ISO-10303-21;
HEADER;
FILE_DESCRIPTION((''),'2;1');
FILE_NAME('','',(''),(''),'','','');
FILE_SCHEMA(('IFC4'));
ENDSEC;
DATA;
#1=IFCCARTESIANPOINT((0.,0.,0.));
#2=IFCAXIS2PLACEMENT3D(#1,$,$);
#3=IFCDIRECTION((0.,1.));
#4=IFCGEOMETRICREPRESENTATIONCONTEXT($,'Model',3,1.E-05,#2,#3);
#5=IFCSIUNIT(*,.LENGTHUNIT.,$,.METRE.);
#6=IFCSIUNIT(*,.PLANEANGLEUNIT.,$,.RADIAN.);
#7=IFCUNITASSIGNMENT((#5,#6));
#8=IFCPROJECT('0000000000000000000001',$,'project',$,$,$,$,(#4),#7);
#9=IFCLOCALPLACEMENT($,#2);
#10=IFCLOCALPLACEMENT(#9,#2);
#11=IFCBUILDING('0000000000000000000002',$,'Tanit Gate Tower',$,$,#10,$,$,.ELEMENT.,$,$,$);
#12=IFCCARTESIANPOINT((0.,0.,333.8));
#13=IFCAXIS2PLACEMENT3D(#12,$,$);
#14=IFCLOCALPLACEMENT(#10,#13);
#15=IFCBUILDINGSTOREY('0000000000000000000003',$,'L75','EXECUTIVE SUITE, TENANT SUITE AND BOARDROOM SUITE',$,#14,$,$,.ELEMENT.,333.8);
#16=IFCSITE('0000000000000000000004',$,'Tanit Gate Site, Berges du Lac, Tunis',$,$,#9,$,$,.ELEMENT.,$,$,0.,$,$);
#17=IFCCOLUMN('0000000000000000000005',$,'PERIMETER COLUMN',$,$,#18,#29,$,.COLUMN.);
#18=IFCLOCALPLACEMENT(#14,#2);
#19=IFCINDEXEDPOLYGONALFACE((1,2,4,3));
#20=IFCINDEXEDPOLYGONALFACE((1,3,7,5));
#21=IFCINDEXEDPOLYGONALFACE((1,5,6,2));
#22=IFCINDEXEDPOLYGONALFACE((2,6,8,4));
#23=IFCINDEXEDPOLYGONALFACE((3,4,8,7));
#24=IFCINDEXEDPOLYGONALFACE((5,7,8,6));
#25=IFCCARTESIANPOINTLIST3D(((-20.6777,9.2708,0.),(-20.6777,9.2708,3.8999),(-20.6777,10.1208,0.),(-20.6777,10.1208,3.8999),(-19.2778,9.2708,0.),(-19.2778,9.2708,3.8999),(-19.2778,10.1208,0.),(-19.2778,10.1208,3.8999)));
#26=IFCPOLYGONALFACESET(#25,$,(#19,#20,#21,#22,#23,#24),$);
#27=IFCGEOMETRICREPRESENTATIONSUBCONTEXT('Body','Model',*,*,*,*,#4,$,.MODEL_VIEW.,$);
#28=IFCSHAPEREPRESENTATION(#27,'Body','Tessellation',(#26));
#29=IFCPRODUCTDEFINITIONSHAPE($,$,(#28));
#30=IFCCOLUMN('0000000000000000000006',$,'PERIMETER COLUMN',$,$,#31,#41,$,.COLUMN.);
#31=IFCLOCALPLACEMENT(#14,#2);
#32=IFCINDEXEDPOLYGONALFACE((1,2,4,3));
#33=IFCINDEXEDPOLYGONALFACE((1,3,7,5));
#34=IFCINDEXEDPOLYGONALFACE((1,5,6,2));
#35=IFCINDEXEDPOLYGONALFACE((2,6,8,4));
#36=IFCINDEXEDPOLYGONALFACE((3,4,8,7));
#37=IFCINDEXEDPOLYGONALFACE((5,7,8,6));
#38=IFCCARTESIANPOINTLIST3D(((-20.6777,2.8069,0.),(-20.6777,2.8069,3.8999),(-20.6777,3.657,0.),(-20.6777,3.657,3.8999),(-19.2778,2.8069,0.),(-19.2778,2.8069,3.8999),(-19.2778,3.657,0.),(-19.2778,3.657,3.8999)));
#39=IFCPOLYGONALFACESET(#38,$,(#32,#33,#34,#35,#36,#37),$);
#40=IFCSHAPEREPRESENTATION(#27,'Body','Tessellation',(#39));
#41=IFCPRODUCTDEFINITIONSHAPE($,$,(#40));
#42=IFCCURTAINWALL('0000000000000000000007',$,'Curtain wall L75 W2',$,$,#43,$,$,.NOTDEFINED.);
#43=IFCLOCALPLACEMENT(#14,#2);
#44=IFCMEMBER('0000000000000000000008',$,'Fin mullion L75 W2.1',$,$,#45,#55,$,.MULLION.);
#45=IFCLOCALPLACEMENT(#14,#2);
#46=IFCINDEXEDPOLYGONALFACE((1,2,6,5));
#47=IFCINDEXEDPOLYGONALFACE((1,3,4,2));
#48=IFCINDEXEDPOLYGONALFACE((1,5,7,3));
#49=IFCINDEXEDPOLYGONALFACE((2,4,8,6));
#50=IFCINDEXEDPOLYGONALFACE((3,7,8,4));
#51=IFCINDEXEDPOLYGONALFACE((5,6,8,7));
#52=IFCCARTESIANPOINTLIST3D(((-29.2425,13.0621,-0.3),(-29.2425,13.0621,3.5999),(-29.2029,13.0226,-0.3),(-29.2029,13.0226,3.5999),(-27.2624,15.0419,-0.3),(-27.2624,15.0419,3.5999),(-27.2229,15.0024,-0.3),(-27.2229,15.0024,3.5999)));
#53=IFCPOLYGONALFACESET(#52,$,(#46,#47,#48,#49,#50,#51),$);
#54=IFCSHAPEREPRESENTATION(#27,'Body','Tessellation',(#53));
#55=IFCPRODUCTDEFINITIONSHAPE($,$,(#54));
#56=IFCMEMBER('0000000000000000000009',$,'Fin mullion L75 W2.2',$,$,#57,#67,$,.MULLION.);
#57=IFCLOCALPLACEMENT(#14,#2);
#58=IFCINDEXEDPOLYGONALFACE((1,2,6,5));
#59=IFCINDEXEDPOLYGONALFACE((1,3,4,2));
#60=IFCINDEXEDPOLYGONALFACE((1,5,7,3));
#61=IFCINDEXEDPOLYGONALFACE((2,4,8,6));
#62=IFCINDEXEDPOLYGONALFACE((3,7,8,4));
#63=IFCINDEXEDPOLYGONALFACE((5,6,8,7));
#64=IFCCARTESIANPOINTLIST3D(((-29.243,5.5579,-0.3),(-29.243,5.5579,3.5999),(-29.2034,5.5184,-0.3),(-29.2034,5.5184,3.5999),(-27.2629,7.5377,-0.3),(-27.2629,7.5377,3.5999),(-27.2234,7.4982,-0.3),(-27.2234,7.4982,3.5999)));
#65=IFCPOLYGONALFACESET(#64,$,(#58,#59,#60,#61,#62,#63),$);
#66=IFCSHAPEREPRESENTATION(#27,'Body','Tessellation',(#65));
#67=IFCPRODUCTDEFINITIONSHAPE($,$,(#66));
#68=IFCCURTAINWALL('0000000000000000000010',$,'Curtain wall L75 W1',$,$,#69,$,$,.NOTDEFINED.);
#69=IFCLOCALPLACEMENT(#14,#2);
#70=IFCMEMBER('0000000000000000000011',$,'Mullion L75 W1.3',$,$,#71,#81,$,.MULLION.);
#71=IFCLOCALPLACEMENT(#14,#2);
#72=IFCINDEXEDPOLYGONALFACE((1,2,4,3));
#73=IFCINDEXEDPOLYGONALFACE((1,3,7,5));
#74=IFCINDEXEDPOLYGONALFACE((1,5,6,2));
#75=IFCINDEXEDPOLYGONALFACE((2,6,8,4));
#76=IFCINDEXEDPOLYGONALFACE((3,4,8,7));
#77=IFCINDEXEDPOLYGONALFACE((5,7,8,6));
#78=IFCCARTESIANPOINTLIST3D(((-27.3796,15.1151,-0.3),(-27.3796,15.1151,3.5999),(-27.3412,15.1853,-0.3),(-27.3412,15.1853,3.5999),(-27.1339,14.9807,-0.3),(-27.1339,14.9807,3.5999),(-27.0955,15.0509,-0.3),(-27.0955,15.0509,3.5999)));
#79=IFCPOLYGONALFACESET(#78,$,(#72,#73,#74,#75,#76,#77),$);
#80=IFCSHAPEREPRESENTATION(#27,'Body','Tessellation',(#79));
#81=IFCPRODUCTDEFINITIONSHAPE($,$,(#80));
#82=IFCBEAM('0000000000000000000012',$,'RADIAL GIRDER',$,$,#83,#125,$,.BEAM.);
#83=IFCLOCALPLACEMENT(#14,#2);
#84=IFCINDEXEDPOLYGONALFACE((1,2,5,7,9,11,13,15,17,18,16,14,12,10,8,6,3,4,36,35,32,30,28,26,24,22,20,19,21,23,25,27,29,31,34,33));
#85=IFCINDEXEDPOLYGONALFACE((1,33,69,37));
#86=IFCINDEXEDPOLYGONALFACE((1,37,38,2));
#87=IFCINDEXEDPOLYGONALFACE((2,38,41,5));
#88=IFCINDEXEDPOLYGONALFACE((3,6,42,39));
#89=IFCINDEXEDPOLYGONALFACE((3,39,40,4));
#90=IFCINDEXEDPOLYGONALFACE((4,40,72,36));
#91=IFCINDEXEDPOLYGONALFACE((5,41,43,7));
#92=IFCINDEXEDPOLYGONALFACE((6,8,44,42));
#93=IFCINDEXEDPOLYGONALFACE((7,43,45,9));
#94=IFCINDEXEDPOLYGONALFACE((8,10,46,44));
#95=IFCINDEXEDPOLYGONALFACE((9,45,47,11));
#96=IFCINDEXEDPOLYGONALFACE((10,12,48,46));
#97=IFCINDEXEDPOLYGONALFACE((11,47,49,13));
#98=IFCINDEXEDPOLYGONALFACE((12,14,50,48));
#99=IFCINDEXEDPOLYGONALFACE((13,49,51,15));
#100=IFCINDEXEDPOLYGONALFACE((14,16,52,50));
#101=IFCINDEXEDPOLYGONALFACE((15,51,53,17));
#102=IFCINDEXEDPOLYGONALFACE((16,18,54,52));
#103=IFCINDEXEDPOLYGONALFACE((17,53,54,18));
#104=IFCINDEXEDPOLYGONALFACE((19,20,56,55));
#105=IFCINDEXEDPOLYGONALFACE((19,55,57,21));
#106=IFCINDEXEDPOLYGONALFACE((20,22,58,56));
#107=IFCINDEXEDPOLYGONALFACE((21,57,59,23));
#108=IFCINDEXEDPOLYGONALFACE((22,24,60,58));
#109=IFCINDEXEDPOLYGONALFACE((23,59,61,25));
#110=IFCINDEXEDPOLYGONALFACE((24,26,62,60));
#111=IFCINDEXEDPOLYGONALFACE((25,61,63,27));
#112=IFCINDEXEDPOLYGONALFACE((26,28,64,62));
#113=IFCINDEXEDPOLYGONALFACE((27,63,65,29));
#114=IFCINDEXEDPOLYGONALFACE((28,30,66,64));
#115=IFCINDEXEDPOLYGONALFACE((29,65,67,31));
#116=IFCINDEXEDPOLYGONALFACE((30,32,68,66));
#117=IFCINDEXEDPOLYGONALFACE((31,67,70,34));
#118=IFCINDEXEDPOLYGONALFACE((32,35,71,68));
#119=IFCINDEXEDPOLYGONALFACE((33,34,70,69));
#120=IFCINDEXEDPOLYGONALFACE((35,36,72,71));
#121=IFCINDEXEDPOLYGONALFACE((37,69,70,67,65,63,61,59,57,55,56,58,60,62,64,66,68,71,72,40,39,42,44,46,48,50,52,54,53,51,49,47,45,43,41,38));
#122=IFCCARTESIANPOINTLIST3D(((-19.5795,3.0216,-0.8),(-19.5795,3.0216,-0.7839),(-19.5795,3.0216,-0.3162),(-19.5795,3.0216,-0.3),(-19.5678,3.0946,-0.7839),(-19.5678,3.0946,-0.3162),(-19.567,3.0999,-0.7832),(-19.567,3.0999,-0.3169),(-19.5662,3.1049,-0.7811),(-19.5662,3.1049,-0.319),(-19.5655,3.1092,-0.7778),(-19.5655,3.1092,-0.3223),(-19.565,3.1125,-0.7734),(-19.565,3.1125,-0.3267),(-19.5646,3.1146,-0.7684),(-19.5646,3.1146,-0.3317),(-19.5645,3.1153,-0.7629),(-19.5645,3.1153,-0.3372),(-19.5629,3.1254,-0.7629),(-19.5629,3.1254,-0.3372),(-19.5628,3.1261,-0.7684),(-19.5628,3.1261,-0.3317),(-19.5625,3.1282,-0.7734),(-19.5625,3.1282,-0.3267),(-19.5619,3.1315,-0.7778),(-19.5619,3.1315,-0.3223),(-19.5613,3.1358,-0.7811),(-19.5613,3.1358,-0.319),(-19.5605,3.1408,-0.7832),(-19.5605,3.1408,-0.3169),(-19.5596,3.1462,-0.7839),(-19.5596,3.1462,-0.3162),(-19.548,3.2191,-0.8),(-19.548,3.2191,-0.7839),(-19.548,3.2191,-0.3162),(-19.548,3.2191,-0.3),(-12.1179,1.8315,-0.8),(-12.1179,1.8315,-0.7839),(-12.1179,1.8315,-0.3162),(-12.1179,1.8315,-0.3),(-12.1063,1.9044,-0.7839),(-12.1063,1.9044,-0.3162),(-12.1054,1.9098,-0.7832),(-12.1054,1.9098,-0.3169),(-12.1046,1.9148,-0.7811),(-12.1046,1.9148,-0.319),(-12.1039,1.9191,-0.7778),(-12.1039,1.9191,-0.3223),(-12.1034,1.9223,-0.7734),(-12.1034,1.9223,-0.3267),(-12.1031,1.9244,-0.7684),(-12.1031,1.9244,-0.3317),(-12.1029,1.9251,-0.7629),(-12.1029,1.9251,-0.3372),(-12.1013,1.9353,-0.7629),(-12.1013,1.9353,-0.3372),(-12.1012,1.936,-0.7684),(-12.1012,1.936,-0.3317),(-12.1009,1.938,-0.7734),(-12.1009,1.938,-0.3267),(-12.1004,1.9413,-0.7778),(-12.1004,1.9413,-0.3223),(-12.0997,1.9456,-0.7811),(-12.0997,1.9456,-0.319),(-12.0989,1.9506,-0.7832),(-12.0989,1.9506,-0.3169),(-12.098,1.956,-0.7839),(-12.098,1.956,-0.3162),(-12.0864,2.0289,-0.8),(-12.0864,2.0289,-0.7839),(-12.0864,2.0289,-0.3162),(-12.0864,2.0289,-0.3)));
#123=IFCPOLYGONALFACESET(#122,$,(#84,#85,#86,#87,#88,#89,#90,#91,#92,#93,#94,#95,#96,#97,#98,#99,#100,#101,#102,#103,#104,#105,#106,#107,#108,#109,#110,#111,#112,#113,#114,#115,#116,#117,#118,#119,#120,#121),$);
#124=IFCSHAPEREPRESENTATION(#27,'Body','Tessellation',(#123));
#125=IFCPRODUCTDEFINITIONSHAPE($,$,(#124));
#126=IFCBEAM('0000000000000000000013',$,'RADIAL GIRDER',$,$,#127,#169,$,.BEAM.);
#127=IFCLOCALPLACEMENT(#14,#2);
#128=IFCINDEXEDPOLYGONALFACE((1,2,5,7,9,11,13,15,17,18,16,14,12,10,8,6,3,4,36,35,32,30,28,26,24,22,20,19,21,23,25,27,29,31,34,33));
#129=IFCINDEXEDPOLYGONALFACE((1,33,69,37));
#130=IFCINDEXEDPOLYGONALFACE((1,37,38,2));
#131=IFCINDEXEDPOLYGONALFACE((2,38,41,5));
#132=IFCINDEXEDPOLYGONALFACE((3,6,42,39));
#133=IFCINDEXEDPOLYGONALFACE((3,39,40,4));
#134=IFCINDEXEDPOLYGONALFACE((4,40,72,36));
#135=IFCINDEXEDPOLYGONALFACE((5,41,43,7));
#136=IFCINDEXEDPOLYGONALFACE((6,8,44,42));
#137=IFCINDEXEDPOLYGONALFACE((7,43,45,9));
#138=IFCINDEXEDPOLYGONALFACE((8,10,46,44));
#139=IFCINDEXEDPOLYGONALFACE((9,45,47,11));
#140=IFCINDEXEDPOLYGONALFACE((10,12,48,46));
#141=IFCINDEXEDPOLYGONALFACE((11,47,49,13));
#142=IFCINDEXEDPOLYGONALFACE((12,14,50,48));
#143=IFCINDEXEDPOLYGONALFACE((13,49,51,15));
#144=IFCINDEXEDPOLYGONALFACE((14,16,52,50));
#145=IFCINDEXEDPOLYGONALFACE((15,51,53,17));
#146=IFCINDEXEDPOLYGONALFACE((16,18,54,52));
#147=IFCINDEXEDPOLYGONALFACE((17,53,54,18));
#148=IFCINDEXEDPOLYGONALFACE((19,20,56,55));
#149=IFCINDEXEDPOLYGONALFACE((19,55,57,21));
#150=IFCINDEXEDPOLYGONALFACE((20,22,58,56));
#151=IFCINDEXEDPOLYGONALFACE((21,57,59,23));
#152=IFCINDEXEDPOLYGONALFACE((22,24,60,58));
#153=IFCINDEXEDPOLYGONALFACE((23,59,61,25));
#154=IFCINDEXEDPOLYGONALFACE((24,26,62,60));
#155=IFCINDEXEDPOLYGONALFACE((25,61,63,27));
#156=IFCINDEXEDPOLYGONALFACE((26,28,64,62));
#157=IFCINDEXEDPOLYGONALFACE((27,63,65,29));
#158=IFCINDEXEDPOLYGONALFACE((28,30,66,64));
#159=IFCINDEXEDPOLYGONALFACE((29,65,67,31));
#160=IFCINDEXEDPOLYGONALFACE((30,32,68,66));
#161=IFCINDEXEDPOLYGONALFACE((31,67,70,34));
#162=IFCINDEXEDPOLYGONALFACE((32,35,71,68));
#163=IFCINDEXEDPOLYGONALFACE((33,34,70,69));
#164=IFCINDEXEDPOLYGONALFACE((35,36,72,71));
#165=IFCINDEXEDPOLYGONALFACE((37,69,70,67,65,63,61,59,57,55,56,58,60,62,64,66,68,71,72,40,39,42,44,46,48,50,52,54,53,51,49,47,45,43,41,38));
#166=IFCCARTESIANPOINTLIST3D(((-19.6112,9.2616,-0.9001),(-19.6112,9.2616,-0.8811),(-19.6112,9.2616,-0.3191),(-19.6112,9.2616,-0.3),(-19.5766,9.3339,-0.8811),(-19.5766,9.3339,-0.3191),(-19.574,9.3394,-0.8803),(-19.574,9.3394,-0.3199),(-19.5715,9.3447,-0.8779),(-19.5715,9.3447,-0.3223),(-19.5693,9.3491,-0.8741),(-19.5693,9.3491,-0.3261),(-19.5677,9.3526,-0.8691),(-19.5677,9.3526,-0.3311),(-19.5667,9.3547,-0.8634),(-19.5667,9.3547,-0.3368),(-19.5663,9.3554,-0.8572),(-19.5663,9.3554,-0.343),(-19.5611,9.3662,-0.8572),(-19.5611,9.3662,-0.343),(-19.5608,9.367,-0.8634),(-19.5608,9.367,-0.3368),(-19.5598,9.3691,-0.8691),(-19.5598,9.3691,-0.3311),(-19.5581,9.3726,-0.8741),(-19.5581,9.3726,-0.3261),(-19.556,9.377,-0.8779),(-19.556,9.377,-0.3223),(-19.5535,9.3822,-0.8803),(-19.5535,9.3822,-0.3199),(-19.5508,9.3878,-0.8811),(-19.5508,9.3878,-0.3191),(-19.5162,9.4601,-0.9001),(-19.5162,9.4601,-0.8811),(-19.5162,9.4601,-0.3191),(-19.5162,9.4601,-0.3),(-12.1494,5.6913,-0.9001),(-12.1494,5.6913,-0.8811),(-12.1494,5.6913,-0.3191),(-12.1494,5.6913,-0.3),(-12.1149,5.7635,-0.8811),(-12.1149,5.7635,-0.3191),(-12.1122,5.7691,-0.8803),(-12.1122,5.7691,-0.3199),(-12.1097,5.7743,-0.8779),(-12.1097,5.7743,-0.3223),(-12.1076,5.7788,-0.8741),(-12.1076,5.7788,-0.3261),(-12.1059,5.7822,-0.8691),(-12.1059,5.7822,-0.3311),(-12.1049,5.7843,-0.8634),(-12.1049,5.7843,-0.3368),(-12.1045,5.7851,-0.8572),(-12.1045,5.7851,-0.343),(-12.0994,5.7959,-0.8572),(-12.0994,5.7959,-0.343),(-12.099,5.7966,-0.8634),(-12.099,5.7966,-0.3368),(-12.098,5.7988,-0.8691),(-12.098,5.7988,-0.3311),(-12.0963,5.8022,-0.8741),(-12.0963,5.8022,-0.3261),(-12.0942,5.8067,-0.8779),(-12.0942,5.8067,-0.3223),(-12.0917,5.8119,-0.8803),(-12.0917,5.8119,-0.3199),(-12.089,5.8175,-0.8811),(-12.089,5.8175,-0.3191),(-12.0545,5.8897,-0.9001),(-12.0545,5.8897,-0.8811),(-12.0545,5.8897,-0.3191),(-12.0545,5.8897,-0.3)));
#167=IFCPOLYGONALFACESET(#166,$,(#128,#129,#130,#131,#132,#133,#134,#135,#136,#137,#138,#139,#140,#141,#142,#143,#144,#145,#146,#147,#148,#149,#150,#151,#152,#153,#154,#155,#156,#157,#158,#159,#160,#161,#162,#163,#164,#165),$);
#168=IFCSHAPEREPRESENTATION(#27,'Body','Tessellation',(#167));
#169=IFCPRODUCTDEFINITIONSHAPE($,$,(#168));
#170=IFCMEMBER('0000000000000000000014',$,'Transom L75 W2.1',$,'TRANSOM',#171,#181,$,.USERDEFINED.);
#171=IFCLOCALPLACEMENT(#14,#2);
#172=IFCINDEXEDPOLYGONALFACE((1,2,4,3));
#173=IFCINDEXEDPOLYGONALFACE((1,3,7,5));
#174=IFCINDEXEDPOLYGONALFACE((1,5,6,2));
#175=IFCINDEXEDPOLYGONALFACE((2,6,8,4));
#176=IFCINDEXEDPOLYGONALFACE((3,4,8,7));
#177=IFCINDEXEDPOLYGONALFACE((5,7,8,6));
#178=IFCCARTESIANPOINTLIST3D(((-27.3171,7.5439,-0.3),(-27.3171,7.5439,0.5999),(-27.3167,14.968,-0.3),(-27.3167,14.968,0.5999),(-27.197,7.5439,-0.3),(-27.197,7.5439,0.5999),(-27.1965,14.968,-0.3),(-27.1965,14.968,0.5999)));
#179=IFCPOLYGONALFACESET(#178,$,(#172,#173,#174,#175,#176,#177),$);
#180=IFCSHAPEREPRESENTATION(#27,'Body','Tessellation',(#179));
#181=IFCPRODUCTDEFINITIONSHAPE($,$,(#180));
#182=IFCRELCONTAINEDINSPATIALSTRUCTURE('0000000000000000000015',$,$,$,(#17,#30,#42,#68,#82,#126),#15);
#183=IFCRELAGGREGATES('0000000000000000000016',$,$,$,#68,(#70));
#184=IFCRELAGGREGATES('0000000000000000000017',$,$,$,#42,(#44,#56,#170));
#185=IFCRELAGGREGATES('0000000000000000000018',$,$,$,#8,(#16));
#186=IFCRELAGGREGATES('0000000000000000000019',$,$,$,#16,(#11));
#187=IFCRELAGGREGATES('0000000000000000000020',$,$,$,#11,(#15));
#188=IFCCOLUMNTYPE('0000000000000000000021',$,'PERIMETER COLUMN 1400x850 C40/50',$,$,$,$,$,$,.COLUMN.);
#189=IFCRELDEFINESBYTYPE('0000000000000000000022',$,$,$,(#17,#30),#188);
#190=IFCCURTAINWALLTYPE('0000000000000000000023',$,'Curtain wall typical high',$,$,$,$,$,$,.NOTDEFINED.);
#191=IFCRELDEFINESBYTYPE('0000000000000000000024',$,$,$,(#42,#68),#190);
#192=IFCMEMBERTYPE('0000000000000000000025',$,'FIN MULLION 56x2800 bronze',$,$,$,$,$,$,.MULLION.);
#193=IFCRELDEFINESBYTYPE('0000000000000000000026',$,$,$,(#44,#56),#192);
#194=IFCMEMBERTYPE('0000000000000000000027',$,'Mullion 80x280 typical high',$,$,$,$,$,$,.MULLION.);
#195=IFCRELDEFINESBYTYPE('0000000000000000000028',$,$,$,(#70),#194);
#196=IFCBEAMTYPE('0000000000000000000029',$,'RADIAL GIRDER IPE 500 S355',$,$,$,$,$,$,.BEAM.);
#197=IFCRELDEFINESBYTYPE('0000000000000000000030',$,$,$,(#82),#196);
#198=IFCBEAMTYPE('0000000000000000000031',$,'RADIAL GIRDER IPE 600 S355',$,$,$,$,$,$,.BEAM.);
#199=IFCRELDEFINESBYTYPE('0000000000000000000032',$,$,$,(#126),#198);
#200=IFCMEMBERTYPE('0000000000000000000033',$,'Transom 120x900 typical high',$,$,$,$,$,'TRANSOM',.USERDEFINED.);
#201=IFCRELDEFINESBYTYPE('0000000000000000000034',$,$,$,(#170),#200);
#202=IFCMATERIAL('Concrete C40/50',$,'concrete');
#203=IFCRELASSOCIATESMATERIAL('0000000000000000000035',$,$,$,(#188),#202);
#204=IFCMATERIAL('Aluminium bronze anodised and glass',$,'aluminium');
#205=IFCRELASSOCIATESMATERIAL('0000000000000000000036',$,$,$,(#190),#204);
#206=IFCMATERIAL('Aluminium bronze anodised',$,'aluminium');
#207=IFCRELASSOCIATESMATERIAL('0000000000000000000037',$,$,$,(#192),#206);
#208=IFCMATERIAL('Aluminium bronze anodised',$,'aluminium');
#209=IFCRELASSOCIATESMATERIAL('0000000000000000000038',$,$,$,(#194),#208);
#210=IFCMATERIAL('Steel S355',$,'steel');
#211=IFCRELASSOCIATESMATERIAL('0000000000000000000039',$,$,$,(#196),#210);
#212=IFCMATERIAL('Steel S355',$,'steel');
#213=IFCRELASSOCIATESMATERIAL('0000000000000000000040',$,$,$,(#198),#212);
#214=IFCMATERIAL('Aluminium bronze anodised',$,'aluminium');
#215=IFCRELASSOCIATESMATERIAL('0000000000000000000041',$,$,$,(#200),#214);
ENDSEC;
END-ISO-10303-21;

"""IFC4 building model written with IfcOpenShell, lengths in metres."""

from ifc_helpers import new_model, si_unit, direction, frame, origin, origin_2d, place, context, subcontext, project, spatial, rectangle, i_section, extrude, material, material_profile, profile_set, type_object, element, aggregate, save


model = new_model("IFC4")

# Units and contexts
model_context = context("Model", 3, precision=1e-05, world=origin(), true_north=direction((0.0, 1.0)))
body_context = subcontext(model_context, "Body", "Model", "MODEL_VIEW")
ifc_project = project(units=[si_unit("LENGTHUNIT", "METRE"), si_unit("PLANEANGLEUNIT", "RADIAN")], contexts=[model_context])

# Site, building, storey
site_placement = place(None, origin())
site = spatial("IfcSite", under=ifc_project, at=site_placement, Name="Tanit Gate Site, Berges du Lac, Tunis", CompositionType="ELEMENT", RefElevation=0.0)
building_placement = place(site_placement, origin())
building = spatial("IfcBuilding", under=site, at=building_placement, Name="Tanit Gate Tower", CompositionType="ELEMENT")
storey_placement = place(building_placement, frame((0.0, 0.0, 333.8)))
storey = spatial("IfcBuildingStorey", under=building, at=storey_placement, Name="L75", Description="EXECUTIVE SUITE, TENANT SUITE AND BOARDROOM SUITE", CompositionType="ELEMENT", Elevation=333.8)

# Columns
ifc_material_1 = material(Name="Concrete C40/50", Category="concrete")
ifc_material_profile_1 = material_profile(ifc_material_1, rectangle(XDim=1.3999, YDim=0.8501, at=origin_2d()), Name="RC 1400x850")
ifc_profile_set_1 = profile_set([ifc_material_profile_1], Name="Concrete C40/50")
column_type = type_object("IfcColumnType", Name="PERIMETER COLUMN 1400x850 C40/50", PredefinedType="COLUMN", material=ifc_profile_set_1)
for number, where, z_axis, x_axis, name in (
    (1, (-19.9778, 9.6958, 0.0), (0.0, 0.0, 1.0), (-1.0, 0.0, 0.0), "PERIMETER COLUMN"),
    (2, (-19.9778, 3.2319, 0.0), (0.0, 0.0, 1.0), (-1.0, 0.0, 0.0), "PERIMETER COLUMN"),
):
    element("IfcColumn", number, at=place(storey_placement, frame(where, z_axis=z_axis, x_axis=x_axis)), inside=storey, type_object=column_type, Name=name, PredefinedType="COLUMN", context=body_context, shape_type="SweptSolid", body=[
        extrude(rectangle(XDim=1.3999, YDim=0.8501, at=origin_2d()), origin(), (0.0, 0.0, 1.0), 3.8999),
    ])

# Curtain wall, members
ifc_material_2 = material(Name="Aluminium bronze anodised and glass", Category="aluminium")
curtain_wall_type = type_object("IfcCurtainWallType", Name="Curtain wall typical high", PredefinedType="NOTDEFINED", material=ifc_material_2)
curtain_wall_1_placement = place(storey_placement, origin())
curtain_wall_1 = element("IfcCurtainWall", 3, at=curtain_wall_1_placement, inside=storey, type_object=curtain_wall_type, Name="Curtain wall L75 W2", PredefinedType="NOTDEFINED")
ifc_material_3 = material(Name="Aluminium bronze anodised", Category="aluminium")
ifc_material_profile_2 = material_profile(ifc_material_3, rectangle(XDim=2.8, YDim=0.0559, at=origin_2d()), Name="56x2800 bronze fin mullion")
ifc_profile_set_2 = profile_set([ifc_material_profile_2], Name="Aluminium bronze anodised")
member_type_1 = type_object("IfcMemberType", Name="FIN MULLION 56x2800 bronze", PredefinedType="MULLION", material=ifc_profile_set_2)
member_1_placement = place(storey_placement, frame((-28.2327, 14.0322, -0.3), z_axis=(0.0, 0.0, 1.0), x_axis=(0.707156, 0.707058, 0.0)))
member_1 = element("IfcMember", 4, at=member_1_placement, type_object=member_type_1, Name="Fin mullion L75 W2.1", PredefinedType="MULLION", context=body_context, shape_type="SweptSolid", body=[
    extrude(rectangle(XDim=2.8, YDim=0.0559, at=origin_2d()), origin(), (0.0, 0.0, 1.0), 3.8999),
])
member_2_placement = place(storey_placement, frame((-28.2332, 6.5281, -0.3), z_axis=(0.0, 0.0, 1.0), x_axis=(0.707156, 0.707058, 0.0)))
member_2 = element("IfcMember", 5, at=member_2_placement, type_object=member_type_1, Name="Fin mullion L75 W2.2", PredefinedType="MULLION", context=body_context, shape_type="SweptSolid", body=[
    extrude(rectangle(XDim=2.8, YDim=0.0559, at=origin_2d()), origin(), (0.0, 0.0, 1.0), 3.8999),
])

# Curtain wall, member
curtain_wall_2_placement = place(storey_placement, origin())
curtain_wall_2 = element("IfcCurtainWall", 6, at=curtain_wall_2_placement, inside=storey, type_object=curtain_wall_type, Name="Curtain wall L75 W1", PredefinedType="NOTDEFINED")
ifc_material_4 = material(Name="Aluminium bronze anodised", Category="aluminium")
ifc_material_profile_3 = material_profile(ifc_material_4, rectangle(XDim=0.28, YDim=0.0801, at=origin_2d()), Name="80x280 bronze mullion")
ifc_profile_set_3 = profile_set([ifc_material_profile_3], Name="Aluminium bronze anodised")
member_type_2 = type_object("IfcMemberType", Name="Mullion 80x280 typical high", PredefinedType="MULLION", material=ifc_profile_set_3)
member_3_placement = place(storey_placement, frame((-27.2375, 15.083, -0.3), z_axis=(0.0, 0.0, 1.0), x_axis=(0.877315, -0.479914, 0.0)))
member_3 = element("IfcMember", 7, at=member_3_placement, type_object=member_type_2, Name="Mullion L75 W1.3", PredefinedType="MULLION", context=body_context, shape_type="SweptSolid", body=[
    extrude(rectangle(XDim=0.28, YDim=0.0801, at=origin_2d()), origin(), (0.0, 0.0, 1.0), 3.8999),
])
aggregate(curtain_wall_2, [member_3])

# Beams
ifc_material_5 = material(Name="Steel S355", Category="steel")
ifc_material_profile_4 = material_profile(ifc_material_5, i_section(OverallWidth=0.2, OverallDepth=0.5, WebThickness=0.0103, FlangeThickness=0.0161, FilletRadius=0.021, at=origin_2d()), Name="IPE 500")
ifc_profile_set_4 = profile_set([ifc_material_profile_4], Name="Steel S355")
beam_type_1 = type_object("IfcBeamType", Name="RADIAL GIRDER IPE 500 S355", PredefinedType="BEAM", material=ifc_profile_set_4)
beam_1_placement = place(storey_placement, frame((-19.5637, 3.1204, -0.55), z_axis=(0.987517, -0.157515, 0.0), x_axis=(0.157515, 0.987517, 0.0)))
element("IfcBeam", 8, at=beam_1_placement, inside=storey, type_object=beam_type_1, Name="RADIAL GIRDER", PredefinedType="BEAM", context=body_context, shape_type="SweptSolid", body=[
    extrude(i_section(OverallWidth=0.2, OverallDepth=0.5, WebThickness=0.0103, FlangeThickness=0.0161, FilletRadius=0.021, at=origin_2d()), origin(), (0.0, 0.0, 1.0), 7.5559),
])
ifc_material_6 = material(Name="Steel S355", Category="steel")
ifc_material_profile_5 = material_profile(ifc_material_6, i_section(OverallWidth=0.22, OverallDepth=0.6001, WebThickness=0.012, FlangeThickness=0.019, FilletRadius=0.0239, at=origin_2d()), Name="IPE 600")
ifc_profile_set_5 = profile_set([ifc_material_profile_5], Name="Steel S355")
beam_type_2 = type_object("IfcBeamType", Name="RADIAL GIRDER IPE 600 S355", PredefinedType="BEAM", material=ifc_profile_set_5)
beam_2_placement = place(storey_placement, frame((-19.5637, 9.3608, -0.6001), z_axis=(0.902055, -0.431622, 0.0), x_axis=(0.431622, 0.902055, 0.0)))
element("IfcBeam", 9, at=beam_2_placement, inside=storey, type_object=beam_type_2, Name="RADIAL GIRDER", PredefinedType="BEAM", context=body_context, shape_type="SweptSolid", body=[
    extrude(i_section(OverallWidth=0.22, OverallDepth=0.6001, WebThickness=0.012, FlangeThickness=0.019, FilletRadius=0.0239, at=origin_2d()), origin(), (0.0, 0.0, 1.0), 8.272),
])

# Member
ifc_material_7 = material(Name="Aluminium bronze anodised", Category="aluminium")
ifc_material_profile_6 = material_profile(ifc_material_7, rectangle(XDim=0.1201, YDim=0.8999, at=origin_2d()), Name="120x900 bronze transom")
ifc_profile_set_6 = profile_set([ifc_material_profile_6], Name="Aluminium bronze anodised")
member_type_3 = type_object("IfcMemberType", Name="Transom 120x900 typical high", ElementType="TRANSOM", PredefinedType="USERDEFINED", material=ifc_profile_set_6)
member_4_placement = place(storey_placement, frame((-27.2566, 14.968, 0.1499), z_axis=(-0.000066, -1.0, 0.0), x_axis=(1.0, -0.000066, 0.0)))
member_4 = element("IfcMember", 10, at=member_4_placement, type_object=member_type_3, Name="Transom L75 W2.1", ObjectType="TRANSOM", PredefinedType="USERDEFINED", context=body_context, shape_type="SweptSolid", body=[
    extrude(rectangle(XDim=0.1201, YDim=0.8999, at=origin_2d()), origin(), (0.0, 0.0, 1.0), 7.4241),
])

aggregate(curtain_wall_1, [member_1, member_2, member_4])

save(model, "model.ifc")
